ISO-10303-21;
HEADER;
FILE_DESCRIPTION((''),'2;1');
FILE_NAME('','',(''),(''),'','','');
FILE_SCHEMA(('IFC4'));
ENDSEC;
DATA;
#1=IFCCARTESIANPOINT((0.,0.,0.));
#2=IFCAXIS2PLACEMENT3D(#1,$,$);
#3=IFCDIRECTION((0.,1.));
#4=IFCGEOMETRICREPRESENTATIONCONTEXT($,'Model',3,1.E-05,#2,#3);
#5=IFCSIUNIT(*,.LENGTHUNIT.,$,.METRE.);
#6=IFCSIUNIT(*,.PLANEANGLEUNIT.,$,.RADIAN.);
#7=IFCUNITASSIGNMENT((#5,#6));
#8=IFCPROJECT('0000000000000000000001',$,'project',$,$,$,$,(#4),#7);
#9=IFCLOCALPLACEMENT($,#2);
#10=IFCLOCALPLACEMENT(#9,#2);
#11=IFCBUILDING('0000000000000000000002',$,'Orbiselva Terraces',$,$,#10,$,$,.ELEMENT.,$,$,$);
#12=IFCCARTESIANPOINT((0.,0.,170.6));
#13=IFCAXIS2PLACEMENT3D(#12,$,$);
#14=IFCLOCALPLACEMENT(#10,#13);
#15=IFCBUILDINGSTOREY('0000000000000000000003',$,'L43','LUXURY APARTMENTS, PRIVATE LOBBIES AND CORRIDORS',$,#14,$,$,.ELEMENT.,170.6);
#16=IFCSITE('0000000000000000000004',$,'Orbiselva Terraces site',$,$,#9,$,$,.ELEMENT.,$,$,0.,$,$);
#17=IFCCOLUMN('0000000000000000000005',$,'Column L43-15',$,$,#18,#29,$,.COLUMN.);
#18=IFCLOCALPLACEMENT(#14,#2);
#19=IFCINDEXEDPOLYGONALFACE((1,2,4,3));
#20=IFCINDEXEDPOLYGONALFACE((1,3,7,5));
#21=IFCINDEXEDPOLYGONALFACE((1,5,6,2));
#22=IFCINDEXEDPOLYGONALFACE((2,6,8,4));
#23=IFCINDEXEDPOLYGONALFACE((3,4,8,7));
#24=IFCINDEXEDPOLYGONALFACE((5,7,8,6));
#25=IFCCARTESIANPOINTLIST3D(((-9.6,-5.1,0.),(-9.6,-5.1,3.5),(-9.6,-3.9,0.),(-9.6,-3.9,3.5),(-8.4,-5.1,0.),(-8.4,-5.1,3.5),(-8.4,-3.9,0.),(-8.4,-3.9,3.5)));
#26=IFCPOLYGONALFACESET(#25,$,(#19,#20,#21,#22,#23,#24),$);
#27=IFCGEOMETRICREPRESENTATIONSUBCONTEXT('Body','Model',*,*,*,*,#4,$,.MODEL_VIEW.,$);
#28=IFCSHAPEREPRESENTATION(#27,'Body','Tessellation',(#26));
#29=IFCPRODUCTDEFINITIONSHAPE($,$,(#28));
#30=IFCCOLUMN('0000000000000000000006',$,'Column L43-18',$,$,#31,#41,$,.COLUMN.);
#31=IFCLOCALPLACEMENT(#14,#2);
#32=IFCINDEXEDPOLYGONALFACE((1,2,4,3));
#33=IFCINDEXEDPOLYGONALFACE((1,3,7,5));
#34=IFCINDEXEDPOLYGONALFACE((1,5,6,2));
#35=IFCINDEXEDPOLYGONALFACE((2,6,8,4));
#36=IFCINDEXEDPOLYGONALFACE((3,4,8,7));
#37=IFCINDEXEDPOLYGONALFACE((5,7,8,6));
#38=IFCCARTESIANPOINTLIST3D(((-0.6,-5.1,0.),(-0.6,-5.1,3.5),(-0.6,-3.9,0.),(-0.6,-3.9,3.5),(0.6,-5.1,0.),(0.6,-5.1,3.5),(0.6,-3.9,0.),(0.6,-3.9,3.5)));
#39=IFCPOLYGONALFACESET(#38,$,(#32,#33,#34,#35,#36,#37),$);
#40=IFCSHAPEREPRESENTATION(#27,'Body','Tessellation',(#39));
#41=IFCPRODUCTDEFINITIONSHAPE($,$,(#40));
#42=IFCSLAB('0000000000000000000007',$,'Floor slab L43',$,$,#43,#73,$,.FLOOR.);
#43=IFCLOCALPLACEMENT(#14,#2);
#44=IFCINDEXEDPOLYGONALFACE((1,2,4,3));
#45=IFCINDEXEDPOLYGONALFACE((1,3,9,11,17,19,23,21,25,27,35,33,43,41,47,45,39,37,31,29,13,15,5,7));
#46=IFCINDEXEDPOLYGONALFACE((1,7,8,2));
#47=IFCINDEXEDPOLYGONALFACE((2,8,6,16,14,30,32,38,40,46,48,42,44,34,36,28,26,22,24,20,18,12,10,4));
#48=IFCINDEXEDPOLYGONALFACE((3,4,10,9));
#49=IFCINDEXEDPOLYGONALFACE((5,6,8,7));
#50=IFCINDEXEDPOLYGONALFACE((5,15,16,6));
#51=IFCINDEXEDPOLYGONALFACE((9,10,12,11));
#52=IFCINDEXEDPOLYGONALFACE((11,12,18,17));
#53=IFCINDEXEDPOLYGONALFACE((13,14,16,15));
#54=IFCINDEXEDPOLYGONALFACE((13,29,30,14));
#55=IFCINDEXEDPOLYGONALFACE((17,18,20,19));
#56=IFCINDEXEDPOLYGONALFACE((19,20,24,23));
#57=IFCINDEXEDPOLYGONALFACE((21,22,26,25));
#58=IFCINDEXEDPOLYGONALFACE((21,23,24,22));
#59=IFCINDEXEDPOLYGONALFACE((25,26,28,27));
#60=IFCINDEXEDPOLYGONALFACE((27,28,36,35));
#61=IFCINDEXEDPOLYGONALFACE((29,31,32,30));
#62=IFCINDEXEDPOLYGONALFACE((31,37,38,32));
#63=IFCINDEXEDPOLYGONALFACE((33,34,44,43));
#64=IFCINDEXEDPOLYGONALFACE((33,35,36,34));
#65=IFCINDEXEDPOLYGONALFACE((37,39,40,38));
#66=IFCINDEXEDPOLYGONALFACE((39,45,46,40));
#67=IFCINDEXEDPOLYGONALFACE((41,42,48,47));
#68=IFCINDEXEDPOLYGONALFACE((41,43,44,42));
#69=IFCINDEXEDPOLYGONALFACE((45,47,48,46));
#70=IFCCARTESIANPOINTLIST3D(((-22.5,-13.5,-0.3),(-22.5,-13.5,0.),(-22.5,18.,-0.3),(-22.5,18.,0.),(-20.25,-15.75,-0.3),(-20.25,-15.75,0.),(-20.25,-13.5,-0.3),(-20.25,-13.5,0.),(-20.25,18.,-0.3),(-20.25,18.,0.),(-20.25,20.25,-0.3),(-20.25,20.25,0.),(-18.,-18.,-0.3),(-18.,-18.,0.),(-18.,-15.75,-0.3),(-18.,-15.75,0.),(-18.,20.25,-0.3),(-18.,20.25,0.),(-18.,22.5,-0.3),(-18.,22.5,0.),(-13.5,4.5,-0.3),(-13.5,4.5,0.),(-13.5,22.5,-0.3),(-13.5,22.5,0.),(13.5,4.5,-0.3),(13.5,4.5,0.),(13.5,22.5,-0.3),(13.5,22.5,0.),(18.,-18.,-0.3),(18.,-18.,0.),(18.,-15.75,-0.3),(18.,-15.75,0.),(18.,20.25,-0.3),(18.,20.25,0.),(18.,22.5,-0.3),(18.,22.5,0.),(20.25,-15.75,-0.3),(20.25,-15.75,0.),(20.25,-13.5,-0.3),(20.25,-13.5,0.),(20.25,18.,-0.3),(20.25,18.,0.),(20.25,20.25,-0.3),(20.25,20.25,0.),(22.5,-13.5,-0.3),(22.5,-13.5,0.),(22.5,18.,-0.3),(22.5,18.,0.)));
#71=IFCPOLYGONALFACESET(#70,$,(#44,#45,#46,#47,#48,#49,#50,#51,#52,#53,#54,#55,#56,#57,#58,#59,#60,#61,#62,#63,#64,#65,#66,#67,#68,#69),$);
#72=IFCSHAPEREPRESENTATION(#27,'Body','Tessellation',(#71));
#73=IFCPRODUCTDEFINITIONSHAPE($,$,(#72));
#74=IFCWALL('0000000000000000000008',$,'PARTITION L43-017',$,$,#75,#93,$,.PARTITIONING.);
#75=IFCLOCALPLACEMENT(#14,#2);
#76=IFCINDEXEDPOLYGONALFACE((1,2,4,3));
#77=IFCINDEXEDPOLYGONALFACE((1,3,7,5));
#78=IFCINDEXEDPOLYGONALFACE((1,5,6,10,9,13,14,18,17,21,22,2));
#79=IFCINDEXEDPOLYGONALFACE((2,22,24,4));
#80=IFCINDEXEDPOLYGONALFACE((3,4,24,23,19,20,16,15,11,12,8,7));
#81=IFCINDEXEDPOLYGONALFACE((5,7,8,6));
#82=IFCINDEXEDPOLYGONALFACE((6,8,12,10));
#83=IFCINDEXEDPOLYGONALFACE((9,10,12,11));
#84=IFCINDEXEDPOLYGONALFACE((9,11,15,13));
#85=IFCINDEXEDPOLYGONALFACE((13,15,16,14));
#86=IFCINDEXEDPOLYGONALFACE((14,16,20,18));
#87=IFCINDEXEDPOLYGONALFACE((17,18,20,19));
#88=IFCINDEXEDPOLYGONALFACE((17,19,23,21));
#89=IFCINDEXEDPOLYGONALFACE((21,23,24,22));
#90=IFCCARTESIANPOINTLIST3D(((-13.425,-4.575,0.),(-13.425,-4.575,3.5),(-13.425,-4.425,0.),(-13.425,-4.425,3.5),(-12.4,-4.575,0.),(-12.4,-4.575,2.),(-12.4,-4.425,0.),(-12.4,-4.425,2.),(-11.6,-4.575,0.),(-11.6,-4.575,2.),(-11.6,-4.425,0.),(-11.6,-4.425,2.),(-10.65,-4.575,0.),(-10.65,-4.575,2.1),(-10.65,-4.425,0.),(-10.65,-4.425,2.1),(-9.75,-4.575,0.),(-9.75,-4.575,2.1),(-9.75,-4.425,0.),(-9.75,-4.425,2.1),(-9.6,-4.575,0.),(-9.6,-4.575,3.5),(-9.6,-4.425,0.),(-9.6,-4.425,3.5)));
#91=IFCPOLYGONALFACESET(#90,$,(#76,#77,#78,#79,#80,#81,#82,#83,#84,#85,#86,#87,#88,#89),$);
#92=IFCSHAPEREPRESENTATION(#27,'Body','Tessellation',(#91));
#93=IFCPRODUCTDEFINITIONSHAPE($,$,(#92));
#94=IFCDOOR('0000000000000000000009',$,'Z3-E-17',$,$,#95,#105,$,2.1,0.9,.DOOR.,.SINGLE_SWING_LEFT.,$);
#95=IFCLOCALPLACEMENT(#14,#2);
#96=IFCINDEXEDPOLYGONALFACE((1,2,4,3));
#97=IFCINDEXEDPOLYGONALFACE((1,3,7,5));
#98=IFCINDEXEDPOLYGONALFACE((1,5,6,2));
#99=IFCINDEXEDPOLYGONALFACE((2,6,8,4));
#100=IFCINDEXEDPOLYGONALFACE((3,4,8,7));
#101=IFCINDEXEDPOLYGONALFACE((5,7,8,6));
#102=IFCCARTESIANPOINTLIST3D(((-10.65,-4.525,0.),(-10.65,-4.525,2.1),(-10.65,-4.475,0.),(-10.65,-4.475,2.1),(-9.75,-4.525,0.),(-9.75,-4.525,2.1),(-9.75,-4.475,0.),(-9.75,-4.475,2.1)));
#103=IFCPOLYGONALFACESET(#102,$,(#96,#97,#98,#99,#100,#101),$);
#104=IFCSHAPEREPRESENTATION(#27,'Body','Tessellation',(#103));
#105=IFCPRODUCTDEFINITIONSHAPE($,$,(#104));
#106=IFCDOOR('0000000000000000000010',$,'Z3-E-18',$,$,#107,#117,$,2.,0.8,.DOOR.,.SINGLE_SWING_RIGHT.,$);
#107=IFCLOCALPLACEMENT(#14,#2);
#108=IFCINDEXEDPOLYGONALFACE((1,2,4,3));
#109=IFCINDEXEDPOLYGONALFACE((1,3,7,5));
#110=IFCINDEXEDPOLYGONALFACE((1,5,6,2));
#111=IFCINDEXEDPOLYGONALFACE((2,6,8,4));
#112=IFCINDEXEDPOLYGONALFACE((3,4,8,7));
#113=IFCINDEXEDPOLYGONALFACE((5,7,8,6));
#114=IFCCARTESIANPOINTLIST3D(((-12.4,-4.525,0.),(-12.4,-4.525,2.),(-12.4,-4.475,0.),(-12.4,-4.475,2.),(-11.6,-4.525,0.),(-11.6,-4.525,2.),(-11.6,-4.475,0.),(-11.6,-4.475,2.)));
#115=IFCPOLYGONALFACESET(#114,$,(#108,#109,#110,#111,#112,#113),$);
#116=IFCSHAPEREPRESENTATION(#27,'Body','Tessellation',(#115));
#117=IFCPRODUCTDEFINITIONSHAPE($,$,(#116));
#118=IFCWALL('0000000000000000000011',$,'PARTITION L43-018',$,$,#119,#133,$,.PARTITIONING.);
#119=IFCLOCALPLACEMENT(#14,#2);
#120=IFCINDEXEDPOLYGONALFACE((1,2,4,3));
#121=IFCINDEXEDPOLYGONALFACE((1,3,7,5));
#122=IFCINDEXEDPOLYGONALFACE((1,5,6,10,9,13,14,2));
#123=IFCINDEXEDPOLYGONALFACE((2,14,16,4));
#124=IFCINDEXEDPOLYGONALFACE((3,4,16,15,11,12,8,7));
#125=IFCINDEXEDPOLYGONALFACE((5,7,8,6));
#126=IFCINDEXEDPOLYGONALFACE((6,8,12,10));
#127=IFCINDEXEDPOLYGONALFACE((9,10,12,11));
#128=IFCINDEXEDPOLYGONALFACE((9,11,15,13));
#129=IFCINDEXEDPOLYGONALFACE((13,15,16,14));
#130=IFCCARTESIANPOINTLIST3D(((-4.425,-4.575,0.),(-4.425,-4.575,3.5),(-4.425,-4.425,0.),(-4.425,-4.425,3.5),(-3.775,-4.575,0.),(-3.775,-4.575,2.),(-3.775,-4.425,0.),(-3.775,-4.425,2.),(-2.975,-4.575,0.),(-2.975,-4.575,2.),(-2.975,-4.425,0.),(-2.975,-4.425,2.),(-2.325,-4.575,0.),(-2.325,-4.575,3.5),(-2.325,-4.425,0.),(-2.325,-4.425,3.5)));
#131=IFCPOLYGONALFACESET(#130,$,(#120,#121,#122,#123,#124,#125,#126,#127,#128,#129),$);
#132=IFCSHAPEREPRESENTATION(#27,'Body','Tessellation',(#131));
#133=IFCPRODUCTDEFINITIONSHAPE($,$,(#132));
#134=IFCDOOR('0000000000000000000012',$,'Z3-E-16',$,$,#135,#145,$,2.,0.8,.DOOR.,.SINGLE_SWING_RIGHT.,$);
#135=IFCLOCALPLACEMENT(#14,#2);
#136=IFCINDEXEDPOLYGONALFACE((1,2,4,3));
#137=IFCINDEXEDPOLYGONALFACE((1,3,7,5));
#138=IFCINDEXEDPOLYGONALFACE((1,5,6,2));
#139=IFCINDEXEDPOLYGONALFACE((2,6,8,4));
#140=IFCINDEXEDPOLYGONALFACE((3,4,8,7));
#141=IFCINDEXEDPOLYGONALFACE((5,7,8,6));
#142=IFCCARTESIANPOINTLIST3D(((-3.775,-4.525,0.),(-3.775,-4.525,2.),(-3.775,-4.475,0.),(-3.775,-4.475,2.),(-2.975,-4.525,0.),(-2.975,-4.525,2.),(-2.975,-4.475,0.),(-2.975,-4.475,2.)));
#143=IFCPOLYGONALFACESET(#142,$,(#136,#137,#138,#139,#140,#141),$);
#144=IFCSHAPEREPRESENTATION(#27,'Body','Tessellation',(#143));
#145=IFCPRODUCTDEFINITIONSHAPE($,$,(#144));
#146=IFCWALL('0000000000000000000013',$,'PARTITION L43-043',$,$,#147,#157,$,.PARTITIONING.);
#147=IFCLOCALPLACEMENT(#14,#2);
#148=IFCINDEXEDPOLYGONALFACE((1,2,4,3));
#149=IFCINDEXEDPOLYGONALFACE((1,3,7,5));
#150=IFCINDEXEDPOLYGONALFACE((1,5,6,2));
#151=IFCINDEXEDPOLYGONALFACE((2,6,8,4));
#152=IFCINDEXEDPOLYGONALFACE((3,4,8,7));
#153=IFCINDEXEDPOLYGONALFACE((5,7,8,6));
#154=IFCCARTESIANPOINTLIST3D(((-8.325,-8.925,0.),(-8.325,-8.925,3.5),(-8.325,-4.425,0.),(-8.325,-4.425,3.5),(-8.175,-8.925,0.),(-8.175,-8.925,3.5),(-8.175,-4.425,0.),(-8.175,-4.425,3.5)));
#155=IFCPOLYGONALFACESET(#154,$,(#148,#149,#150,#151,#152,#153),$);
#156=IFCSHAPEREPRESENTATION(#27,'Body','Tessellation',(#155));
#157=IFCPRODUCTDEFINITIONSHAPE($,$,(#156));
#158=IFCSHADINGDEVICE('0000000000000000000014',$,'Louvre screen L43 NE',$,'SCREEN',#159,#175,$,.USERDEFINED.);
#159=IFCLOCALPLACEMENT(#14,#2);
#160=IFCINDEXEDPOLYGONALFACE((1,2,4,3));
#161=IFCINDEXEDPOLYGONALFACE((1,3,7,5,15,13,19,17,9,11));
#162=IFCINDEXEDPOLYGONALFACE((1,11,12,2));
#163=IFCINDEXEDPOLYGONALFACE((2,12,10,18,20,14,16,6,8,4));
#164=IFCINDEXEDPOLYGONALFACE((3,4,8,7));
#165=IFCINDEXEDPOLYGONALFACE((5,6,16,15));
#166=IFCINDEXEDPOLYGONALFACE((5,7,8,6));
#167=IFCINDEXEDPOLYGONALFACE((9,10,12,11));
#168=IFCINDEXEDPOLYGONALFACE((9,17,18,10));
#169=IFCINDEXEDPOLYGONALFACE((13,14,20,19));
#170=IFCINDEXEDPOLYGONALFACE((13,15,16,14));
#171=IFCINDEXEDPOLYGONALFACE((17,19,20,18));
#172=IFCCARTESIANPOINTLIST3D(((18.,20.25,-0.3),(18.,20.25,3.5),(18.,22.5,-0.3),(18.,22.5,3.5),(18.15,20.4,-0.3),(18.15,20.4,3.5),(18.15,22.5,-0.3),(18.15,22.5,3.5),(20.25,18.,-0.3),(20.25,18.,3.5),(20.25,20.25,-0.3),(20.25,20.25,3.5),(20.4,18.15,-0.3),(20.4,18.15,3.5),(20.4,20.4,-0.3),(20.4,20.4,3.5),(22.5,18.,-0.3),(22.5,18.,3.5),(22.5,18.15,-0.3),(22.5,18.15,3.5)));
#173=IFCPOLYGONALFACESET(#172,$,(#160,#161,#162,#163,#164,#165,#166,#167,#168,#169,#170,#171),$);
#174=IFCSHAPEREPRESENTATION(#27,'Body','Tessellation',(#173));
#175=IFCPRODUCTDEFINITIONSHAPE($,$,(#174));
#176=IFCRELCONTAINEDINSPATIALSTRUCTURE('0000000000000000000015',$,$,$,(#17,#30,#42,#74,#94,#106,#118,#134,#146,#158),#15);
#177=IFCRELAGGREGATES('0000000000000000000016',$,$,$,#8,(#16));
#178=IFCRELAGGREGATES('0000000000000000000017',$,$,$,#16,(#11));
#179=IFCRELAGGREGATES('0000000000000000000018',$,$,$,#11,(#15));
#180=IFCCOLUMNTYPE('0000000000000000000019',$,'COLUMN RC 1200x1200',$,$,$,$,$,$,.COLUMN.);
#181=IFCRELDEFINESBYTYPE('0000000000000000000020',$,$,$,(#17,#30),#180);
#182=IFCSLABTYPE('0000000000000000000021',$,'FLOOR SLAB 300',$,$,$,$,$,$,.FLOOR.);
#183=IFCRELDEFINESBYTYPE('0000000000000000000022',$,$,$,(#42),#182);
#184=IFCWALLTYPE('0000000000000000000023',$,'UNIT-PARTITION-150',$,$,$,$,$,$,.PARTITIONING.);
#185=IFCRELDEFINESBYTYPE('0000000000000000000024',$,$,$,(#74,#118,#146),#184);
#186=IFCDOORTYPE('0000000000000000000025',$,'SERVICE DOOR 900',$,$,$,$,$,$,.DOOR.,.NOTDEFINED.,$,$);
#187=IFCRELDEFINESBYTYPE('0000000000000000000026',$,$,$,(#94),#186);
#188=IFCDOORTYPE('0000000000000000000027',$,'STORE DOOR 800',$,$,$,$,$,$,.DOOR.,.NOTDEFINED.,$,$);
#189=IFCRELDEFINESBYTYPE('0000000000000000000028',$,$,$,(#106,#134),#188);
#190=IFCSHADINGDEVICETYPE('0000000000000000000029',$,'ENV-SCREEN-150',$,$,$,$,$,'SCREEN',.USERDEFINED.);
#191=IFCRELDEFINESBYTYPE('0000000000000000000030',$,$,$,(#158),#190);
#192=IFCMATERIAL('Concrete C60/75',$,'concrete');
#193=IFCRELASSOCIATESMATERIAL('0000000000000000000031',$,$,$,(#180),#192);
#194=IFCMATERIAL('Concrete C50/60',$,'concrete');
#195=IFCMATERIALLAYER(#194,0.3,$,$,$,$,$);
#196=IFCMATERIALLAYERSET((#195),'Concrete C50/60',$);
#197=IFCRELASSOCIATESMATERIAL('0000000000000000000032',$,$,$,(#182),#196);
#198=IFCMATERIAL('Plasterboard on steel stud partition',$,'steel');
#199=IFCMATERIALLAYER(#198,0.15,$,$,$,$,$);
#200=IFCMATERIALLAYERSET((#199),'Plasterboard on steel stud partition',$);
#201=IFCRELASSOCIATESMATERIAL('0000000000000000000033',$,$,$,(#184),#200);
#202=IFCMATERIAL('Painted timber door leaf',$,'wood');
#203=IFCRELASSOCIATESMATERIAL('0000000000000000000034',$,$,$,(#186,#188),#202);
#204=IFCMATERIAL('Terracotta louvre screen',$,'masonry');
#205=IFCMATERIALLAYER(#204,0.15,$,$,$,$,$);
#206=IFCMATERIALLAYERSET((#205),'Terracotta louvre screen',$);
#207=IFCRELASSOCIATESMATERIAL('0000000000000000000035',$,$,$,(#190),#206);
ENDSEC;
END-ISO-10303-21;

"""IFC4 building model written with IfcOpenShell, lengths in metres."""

from ifc_helpers import new_model, si_unit, direction, frame, frame_2d, origin, origin_2d, place, context, subcontext, project, spatial, polyline, rectangle, outline, extrude, material, layer, layer_set, material_profile, profile_set, type_object, element, fill, save


model = new_model("IFC4")

# Units and contexts
model_context = context("Model", 3, precision=1e-05, world=origin(), true_north=direction((0.0, 1.0)))
body_context = subcontext(model_context, "Body", "Model", "MODEL_VIEW")
ifc_project = project(units=[si_unit("LENGTHUNIT", "METRE"), si_unit("PLANEANGLEUNIT", "RADIAN")], contexts=[model_context])

# Site, building, storey
site_placement = place(None, origin())
site = spatial("IfcSite", under=ifc_project, at=site_placement, Name="Orbiselva Terraces site", CompositionType="ELEMENT", RefElevation=0.0)
building_placement = place(site_placement, origin())
building = spatial("IfcBuilding", under=site, at=building_placement, Name="Orbiselva Terraces", CompositionType="ELEMENT")
storey_placement = place(building_placement, frame((0.0, 0.0, 170.6)))
storey = spatial("IfcBuildingStorey", under=building, at=storey_placement, Name="L43", Description="LUXURY APARTMENTS, PRIVATE LOBBIES AND CORRIDORS", CompositionType="ELEMENT", Elevation=170.6)

# Columns
ifc_material_1 = material(Name="Concrete C60/75", Category="concrete")
ifc_material_profile = material_profile(ifc_material_1, rectangle(XDim=1.2, YDim=1.2, at=origin_2d()), Name="RC 1200x1200")
ifc_profile_set = profile_set([ifc_material_profile], Name="Concrete C60/75")
column_type = type_object("IfcColumnType", Name="COLUMN RC 1200x1200", PredefinedType="COLUMN", material=ifc_profile_set)
for number, where, z_axis, x_axis, name in (
    (1, (-9.0, -4.5, 0.0), (0.0, 0.0, 1.0), (1.0, 0.0, 0.0), "Column L43-15"),
    (2, (0.0, -4.5, 0.0), (0.0, 0.0, 1.0), (1.0, 0.0, 0.0), "Column L43-18"),
):
    element("IfcColumn", number, at=place(storey_placement, frame(where, z_axis=z_axis, x_axis=x_axis)), inside=storey, type_object=column_type, Name=name, PredefinedType="COLUMN", context=body_context, shape_type="SweptSolid", body=[
        extrude(rectangle(XDim=1.2, YDim=1.2, at=origin_2d()), origin(), (0.0, 0.0, 1.0), 3.5),
    ])

# Slab
ifc_material_2 = material(Name="Concrete C50/60", Category="concrete")
ifc_layer_1 = layer(ifc_material_2, 0.3)
ifc_layer_set_1 = layer_set([ifc_layer_1], Name="Concrete C50/60")
slab_type = type_object("IfcSlabType", Name="FLOOR SLAB 300", PredefinedType="FLOOR", material=ifc_layer_set_1)
slab_placement = place(storey_placement, frame((0.0, 0.0, -0.3)))
element("IfcSlab", 3, at=slab_placement, inside=storey, type_object=slab_type, Name="Floor slab L43", PredefinedType="FLOOR", context=body_context, shape_type="SweptSolid", body=[
    extrude(outline(polyline([(18.0, 22.5), (18.0, 20.25), (20.25, 20.25), (20.25, 18.0), (22.5, 18.0), (22.5, -13.5), (20.25, -13.5), (20.25, -15.75), (18.0, -15.75), (18.0, -18.0), (-18.0, -18.0), (-18.0, -15.75), (-20.25, -15.75), (-20.25, -13.5), (-22.5, -13.5), (-22.5, 18.0), (-20.25, 18.0), (-20.25, 20.25), (-18.0, 20.25), (-18.0, 22.5), (-13.5, 22.5), (-13.5, 4.5), (13.5, 4.5), (13.5, 22.5), (18.0, 22.5)])), origin(), (0.0, 0.0, 1.0), 0.3),
])

# Wall, openings, doors
ifc_material_3 = material(Name="Plasterboard on steel stud partition", Category="steel")
ifc_layer_2 = layer(ifc_material_3, 0.15)
ifc_layer_set_2 = layer_set([ifc_layer_2], Name="Plasterboard on steel stud partition")
wall_type = type_object("IfcWallType", Name="UNIT-PARTITION-150", PredefinedType="PARTITIONING", material=ifc_layer_set_2)
wall_1_placement = place(storey_placement, frame((-9.6, -4.5, 0.0), z_axis=(0.0, 0.0, 1.0), x_axis=(-1.0, 0.0, 0.0)))
wall_1 = element("IfcWall", 4, at=wall_1_placement, inside=storey, type_object=wall_type, Name="PARTITION L43-017", PredefinedType="PARTITIONING", context=body_context, shape_type="SweptSolid", body=[
    extrude(rectangle(XDim=3.825, YDim=0.15, at=frame_2d((1.9125, 0.0))), origin(), (0.0, 0.0, 1.0), 3.5),
])
opening_1_placement = place(wall_1_placement, frame((0.15, 0.0, 0.0)))
opening_1 = element("IfcOpeningElement", 5, at=opening_1_placement, cuts=wall_1, PredefinedType="OPENING", context=body_context, shape_type="SweptSolid", body=[
    extrude(rectangle(XDim=0.9, YDim=2.1, at=frame_2d((0.45, 1.05))), frame((0.0, 0.085, 0.0), z_axis=(0.0, -1.0, 0.0), x_axis=(1.0, 0.0, 0.0)), (0.0, 0.0, 1.0), 0.17),
])
opening_2_placement = place(wall_1_placement, frame((2.0, 0.0, 0.0)))
opening_2 = element("IfcOpeningElement", 6, at=opening_2_placement, cuts=wall_1, PredefinedType="OPENING", context=body_context, shape_type="SweptSolid", body=[
    extrude(rectangle(XDim=0.8, YDim=2.0, at=frame_2d((0.4, 1.0))), frame((0.0, 0.085, 0.0), z_axis=(0.0, -1.0, 0.0), x_axis=(1.0, 0.0, 0.0)), (0.0, 0.0, 1.0), 0.17),
])
ifc_material_4 = material(Name="Painted timber door leaf", Category="wood")
door_type_1 = type_object("IfcDoorType", Name="SERVICE DOOR 900", OperationType="NOTDEFINED", PredefinedType="DOOR", material=ifc_material_4)
door_1_placement = place(opening_1_placement, origin())
door_1 = element("IfcDoor", 7, at=door_1_placement, inside=storey, type_object=door_type_1, Name="Z3-E-17", OperationType="SINGLE_SWING_LEFT", OverallHeight=2.1, OverallWidth=0.9, PredefinedType="DOOR", context=body_context, shape_type="SweptSolid", body=[
    extrude(rectangle(XDim=0.9, YDim=2.1, at=frame_2d((0.45, 1.05))), frame((0.0, 0.025, 0.0), z_axis=(0.0, -1.0, 0.0), x_axis=(1.0, 0.0, 0.0)), (0.0, 0.0, 1.0), 0.05),
])
fill(opening_1, door_1)
door_type_2 = type_object("IfcDoorType", Name="STORE DOOR 800", OperationType="NOTDEFINED", PredefinedType="DOOR", material=ifc_material_4)
door_2_placement = place(opening_2_placement, origin())
door_2 = element("IfcDoor", 8, at=door_2_placement, inside=storey, type_object=door_type_2, Name="Z3-E-18", OperationType="SINGLE_SWING_RIGHT", OverallHeight=2.0, OverallWidth=0.8, PredefinedType="DOOR", context=body_context, shape_type="SweptSolid", body=[
    extrude(rectangle(XDim=0.8, YDim=2.0, at=frame_2d((0.4, 1.0))), frame((0.0, 0.025, 0.0), z_axis=(0.0, -1.0, 0.0), x_axis=(1.0, 0.0, 0.0)), (0.0, 0.0, 1.0), 0.05),
])
fill(opening_2, door_2)

# Wall, opening, door
wall_2_placement = place(storey_placement, frame((-2.325, -4.5, 0.0), z_axis=(0.0, 0.0, 1.0), x_axis=(-1.0, 0.0, 0.0)))
wall_2 = element("IfcWall", 9, at=wall_2_placement, inside=storey, type_object=wall_type, Name="PARTITION L43-018", PredefinedType="PARTITIONING", context=body_context, shape_type="SweptSolid", body=[
    extrude(rectangle(XDim=2.1, YDim=0.15, at=frame_2d((1.05, 0.0))), origin(), (0.0, 0.0, 1.0), 3.5),
])
opening_3_placement = place(wall_2_placement, frame((0.65, 0.0, 0.0)))
opening_3 = element("IfcOpeningElement", 10, at=opening_3_placement, cuts=wall_2, PredefinedType="OPENING", context=body_context, shape_type="SweptSolid", body=[
    extrude(rectangle(XDim=0.8, YDim=2.0, at=frame_2d((0.4, 1.0))), frame((0.0, 0.085, 0.0), z_axis=(0.0, -1.0, 0.0), x_axis=(1.0, 0.0, 0.0)), (0.0, 0.0, 1.0), 0.17),
])
door_3_placement = place(opening_3_placement, origin())
door_3 = element("IfcDoor", 11, at=door_3_placement, inside=storey, type_object=door_type_2, Name="Z3-E-16", OperationType="SINGLE_SWING_RIGHT", OverallHeight=2.0, OverallWidth=0.8, PredefinedType="DOOR", context=body_context, shape_type="SweptSolid", body=[
    extrude(rectangle(XDim=0.8, YDim=2.0, at=frame_2d((0.4, 1.0))), frame((0.0, 0.025, 0.0), z_axis=(0.0, -1.0, 0.0), x_axis=(1.0, 0.0, 0.0)), (0.0, 0.0, 1.0), 0.05),
])
fill(opening_3, door_3)

# Wall
wall_3_placement = place(storey_placement, frame((-8.25, -8.925, 0.0), z_axis=(0.0, 0.0, 1.0), x_axis=(0.0, 1.0, 0.0)))
element("IfcWall", 12, at=wall_3_placement, inside=storey, type_object=wall_type, Name="PARTITION L43-043", PredefinedType="PARTITIONING", context=body_context, shape_type="SweptSolid", body=[
    extrude(rectangle(XDim=4.5, YDim=0.15, at=frame_2d((2.25, 0.0))), origin(), (0.0, 0.0, 1.0), 3.5),
])

# Shading device
ifc_material_5 = material(Name="Terracotta louvre screen", Category="masonry")
ifc_layer_3 = layer(ifc_material_5, 0.15)
ifc_layer_set_3 = layer_set([ifc_layer_3], Name="Terracotta louvre screen")
shading_device_type_1 = type_object("IfcShadingDeviceType", Name="ENV-SCREEN-150", ElementType="SCREEN", PredefinedType="USERDEFINED", material=ifc_layer_set_3)
shading_device_1_placement = place(storey_placement, frame((0.0, 0.0, -0.3)))
element("IfcShadingDevice", 13, at=shading_device_1_placement, inside=storey, type_object=shading_device_type_1, Name="Louvre screen L43 NE", ObjectType="SCREEN", PredefinedType="USERDEFINED", context=body_context, shape_type="SweptSolid", body=[
    extrude(outline(polyline([(22.5, 18.15), (20.4, 18.15), (20.4, 20.4), (18.15, 20.4), (18.15, 22.5), (18.0, 22.5), (18.0, 20.25), (20.25, 20.25), (20.25, 18.0), (22.5, 18.0), (22.5, 18.15)])), origin(), (0.0, 0.0, 1.0), 3.8),
])

save(model, "model.ifc")
